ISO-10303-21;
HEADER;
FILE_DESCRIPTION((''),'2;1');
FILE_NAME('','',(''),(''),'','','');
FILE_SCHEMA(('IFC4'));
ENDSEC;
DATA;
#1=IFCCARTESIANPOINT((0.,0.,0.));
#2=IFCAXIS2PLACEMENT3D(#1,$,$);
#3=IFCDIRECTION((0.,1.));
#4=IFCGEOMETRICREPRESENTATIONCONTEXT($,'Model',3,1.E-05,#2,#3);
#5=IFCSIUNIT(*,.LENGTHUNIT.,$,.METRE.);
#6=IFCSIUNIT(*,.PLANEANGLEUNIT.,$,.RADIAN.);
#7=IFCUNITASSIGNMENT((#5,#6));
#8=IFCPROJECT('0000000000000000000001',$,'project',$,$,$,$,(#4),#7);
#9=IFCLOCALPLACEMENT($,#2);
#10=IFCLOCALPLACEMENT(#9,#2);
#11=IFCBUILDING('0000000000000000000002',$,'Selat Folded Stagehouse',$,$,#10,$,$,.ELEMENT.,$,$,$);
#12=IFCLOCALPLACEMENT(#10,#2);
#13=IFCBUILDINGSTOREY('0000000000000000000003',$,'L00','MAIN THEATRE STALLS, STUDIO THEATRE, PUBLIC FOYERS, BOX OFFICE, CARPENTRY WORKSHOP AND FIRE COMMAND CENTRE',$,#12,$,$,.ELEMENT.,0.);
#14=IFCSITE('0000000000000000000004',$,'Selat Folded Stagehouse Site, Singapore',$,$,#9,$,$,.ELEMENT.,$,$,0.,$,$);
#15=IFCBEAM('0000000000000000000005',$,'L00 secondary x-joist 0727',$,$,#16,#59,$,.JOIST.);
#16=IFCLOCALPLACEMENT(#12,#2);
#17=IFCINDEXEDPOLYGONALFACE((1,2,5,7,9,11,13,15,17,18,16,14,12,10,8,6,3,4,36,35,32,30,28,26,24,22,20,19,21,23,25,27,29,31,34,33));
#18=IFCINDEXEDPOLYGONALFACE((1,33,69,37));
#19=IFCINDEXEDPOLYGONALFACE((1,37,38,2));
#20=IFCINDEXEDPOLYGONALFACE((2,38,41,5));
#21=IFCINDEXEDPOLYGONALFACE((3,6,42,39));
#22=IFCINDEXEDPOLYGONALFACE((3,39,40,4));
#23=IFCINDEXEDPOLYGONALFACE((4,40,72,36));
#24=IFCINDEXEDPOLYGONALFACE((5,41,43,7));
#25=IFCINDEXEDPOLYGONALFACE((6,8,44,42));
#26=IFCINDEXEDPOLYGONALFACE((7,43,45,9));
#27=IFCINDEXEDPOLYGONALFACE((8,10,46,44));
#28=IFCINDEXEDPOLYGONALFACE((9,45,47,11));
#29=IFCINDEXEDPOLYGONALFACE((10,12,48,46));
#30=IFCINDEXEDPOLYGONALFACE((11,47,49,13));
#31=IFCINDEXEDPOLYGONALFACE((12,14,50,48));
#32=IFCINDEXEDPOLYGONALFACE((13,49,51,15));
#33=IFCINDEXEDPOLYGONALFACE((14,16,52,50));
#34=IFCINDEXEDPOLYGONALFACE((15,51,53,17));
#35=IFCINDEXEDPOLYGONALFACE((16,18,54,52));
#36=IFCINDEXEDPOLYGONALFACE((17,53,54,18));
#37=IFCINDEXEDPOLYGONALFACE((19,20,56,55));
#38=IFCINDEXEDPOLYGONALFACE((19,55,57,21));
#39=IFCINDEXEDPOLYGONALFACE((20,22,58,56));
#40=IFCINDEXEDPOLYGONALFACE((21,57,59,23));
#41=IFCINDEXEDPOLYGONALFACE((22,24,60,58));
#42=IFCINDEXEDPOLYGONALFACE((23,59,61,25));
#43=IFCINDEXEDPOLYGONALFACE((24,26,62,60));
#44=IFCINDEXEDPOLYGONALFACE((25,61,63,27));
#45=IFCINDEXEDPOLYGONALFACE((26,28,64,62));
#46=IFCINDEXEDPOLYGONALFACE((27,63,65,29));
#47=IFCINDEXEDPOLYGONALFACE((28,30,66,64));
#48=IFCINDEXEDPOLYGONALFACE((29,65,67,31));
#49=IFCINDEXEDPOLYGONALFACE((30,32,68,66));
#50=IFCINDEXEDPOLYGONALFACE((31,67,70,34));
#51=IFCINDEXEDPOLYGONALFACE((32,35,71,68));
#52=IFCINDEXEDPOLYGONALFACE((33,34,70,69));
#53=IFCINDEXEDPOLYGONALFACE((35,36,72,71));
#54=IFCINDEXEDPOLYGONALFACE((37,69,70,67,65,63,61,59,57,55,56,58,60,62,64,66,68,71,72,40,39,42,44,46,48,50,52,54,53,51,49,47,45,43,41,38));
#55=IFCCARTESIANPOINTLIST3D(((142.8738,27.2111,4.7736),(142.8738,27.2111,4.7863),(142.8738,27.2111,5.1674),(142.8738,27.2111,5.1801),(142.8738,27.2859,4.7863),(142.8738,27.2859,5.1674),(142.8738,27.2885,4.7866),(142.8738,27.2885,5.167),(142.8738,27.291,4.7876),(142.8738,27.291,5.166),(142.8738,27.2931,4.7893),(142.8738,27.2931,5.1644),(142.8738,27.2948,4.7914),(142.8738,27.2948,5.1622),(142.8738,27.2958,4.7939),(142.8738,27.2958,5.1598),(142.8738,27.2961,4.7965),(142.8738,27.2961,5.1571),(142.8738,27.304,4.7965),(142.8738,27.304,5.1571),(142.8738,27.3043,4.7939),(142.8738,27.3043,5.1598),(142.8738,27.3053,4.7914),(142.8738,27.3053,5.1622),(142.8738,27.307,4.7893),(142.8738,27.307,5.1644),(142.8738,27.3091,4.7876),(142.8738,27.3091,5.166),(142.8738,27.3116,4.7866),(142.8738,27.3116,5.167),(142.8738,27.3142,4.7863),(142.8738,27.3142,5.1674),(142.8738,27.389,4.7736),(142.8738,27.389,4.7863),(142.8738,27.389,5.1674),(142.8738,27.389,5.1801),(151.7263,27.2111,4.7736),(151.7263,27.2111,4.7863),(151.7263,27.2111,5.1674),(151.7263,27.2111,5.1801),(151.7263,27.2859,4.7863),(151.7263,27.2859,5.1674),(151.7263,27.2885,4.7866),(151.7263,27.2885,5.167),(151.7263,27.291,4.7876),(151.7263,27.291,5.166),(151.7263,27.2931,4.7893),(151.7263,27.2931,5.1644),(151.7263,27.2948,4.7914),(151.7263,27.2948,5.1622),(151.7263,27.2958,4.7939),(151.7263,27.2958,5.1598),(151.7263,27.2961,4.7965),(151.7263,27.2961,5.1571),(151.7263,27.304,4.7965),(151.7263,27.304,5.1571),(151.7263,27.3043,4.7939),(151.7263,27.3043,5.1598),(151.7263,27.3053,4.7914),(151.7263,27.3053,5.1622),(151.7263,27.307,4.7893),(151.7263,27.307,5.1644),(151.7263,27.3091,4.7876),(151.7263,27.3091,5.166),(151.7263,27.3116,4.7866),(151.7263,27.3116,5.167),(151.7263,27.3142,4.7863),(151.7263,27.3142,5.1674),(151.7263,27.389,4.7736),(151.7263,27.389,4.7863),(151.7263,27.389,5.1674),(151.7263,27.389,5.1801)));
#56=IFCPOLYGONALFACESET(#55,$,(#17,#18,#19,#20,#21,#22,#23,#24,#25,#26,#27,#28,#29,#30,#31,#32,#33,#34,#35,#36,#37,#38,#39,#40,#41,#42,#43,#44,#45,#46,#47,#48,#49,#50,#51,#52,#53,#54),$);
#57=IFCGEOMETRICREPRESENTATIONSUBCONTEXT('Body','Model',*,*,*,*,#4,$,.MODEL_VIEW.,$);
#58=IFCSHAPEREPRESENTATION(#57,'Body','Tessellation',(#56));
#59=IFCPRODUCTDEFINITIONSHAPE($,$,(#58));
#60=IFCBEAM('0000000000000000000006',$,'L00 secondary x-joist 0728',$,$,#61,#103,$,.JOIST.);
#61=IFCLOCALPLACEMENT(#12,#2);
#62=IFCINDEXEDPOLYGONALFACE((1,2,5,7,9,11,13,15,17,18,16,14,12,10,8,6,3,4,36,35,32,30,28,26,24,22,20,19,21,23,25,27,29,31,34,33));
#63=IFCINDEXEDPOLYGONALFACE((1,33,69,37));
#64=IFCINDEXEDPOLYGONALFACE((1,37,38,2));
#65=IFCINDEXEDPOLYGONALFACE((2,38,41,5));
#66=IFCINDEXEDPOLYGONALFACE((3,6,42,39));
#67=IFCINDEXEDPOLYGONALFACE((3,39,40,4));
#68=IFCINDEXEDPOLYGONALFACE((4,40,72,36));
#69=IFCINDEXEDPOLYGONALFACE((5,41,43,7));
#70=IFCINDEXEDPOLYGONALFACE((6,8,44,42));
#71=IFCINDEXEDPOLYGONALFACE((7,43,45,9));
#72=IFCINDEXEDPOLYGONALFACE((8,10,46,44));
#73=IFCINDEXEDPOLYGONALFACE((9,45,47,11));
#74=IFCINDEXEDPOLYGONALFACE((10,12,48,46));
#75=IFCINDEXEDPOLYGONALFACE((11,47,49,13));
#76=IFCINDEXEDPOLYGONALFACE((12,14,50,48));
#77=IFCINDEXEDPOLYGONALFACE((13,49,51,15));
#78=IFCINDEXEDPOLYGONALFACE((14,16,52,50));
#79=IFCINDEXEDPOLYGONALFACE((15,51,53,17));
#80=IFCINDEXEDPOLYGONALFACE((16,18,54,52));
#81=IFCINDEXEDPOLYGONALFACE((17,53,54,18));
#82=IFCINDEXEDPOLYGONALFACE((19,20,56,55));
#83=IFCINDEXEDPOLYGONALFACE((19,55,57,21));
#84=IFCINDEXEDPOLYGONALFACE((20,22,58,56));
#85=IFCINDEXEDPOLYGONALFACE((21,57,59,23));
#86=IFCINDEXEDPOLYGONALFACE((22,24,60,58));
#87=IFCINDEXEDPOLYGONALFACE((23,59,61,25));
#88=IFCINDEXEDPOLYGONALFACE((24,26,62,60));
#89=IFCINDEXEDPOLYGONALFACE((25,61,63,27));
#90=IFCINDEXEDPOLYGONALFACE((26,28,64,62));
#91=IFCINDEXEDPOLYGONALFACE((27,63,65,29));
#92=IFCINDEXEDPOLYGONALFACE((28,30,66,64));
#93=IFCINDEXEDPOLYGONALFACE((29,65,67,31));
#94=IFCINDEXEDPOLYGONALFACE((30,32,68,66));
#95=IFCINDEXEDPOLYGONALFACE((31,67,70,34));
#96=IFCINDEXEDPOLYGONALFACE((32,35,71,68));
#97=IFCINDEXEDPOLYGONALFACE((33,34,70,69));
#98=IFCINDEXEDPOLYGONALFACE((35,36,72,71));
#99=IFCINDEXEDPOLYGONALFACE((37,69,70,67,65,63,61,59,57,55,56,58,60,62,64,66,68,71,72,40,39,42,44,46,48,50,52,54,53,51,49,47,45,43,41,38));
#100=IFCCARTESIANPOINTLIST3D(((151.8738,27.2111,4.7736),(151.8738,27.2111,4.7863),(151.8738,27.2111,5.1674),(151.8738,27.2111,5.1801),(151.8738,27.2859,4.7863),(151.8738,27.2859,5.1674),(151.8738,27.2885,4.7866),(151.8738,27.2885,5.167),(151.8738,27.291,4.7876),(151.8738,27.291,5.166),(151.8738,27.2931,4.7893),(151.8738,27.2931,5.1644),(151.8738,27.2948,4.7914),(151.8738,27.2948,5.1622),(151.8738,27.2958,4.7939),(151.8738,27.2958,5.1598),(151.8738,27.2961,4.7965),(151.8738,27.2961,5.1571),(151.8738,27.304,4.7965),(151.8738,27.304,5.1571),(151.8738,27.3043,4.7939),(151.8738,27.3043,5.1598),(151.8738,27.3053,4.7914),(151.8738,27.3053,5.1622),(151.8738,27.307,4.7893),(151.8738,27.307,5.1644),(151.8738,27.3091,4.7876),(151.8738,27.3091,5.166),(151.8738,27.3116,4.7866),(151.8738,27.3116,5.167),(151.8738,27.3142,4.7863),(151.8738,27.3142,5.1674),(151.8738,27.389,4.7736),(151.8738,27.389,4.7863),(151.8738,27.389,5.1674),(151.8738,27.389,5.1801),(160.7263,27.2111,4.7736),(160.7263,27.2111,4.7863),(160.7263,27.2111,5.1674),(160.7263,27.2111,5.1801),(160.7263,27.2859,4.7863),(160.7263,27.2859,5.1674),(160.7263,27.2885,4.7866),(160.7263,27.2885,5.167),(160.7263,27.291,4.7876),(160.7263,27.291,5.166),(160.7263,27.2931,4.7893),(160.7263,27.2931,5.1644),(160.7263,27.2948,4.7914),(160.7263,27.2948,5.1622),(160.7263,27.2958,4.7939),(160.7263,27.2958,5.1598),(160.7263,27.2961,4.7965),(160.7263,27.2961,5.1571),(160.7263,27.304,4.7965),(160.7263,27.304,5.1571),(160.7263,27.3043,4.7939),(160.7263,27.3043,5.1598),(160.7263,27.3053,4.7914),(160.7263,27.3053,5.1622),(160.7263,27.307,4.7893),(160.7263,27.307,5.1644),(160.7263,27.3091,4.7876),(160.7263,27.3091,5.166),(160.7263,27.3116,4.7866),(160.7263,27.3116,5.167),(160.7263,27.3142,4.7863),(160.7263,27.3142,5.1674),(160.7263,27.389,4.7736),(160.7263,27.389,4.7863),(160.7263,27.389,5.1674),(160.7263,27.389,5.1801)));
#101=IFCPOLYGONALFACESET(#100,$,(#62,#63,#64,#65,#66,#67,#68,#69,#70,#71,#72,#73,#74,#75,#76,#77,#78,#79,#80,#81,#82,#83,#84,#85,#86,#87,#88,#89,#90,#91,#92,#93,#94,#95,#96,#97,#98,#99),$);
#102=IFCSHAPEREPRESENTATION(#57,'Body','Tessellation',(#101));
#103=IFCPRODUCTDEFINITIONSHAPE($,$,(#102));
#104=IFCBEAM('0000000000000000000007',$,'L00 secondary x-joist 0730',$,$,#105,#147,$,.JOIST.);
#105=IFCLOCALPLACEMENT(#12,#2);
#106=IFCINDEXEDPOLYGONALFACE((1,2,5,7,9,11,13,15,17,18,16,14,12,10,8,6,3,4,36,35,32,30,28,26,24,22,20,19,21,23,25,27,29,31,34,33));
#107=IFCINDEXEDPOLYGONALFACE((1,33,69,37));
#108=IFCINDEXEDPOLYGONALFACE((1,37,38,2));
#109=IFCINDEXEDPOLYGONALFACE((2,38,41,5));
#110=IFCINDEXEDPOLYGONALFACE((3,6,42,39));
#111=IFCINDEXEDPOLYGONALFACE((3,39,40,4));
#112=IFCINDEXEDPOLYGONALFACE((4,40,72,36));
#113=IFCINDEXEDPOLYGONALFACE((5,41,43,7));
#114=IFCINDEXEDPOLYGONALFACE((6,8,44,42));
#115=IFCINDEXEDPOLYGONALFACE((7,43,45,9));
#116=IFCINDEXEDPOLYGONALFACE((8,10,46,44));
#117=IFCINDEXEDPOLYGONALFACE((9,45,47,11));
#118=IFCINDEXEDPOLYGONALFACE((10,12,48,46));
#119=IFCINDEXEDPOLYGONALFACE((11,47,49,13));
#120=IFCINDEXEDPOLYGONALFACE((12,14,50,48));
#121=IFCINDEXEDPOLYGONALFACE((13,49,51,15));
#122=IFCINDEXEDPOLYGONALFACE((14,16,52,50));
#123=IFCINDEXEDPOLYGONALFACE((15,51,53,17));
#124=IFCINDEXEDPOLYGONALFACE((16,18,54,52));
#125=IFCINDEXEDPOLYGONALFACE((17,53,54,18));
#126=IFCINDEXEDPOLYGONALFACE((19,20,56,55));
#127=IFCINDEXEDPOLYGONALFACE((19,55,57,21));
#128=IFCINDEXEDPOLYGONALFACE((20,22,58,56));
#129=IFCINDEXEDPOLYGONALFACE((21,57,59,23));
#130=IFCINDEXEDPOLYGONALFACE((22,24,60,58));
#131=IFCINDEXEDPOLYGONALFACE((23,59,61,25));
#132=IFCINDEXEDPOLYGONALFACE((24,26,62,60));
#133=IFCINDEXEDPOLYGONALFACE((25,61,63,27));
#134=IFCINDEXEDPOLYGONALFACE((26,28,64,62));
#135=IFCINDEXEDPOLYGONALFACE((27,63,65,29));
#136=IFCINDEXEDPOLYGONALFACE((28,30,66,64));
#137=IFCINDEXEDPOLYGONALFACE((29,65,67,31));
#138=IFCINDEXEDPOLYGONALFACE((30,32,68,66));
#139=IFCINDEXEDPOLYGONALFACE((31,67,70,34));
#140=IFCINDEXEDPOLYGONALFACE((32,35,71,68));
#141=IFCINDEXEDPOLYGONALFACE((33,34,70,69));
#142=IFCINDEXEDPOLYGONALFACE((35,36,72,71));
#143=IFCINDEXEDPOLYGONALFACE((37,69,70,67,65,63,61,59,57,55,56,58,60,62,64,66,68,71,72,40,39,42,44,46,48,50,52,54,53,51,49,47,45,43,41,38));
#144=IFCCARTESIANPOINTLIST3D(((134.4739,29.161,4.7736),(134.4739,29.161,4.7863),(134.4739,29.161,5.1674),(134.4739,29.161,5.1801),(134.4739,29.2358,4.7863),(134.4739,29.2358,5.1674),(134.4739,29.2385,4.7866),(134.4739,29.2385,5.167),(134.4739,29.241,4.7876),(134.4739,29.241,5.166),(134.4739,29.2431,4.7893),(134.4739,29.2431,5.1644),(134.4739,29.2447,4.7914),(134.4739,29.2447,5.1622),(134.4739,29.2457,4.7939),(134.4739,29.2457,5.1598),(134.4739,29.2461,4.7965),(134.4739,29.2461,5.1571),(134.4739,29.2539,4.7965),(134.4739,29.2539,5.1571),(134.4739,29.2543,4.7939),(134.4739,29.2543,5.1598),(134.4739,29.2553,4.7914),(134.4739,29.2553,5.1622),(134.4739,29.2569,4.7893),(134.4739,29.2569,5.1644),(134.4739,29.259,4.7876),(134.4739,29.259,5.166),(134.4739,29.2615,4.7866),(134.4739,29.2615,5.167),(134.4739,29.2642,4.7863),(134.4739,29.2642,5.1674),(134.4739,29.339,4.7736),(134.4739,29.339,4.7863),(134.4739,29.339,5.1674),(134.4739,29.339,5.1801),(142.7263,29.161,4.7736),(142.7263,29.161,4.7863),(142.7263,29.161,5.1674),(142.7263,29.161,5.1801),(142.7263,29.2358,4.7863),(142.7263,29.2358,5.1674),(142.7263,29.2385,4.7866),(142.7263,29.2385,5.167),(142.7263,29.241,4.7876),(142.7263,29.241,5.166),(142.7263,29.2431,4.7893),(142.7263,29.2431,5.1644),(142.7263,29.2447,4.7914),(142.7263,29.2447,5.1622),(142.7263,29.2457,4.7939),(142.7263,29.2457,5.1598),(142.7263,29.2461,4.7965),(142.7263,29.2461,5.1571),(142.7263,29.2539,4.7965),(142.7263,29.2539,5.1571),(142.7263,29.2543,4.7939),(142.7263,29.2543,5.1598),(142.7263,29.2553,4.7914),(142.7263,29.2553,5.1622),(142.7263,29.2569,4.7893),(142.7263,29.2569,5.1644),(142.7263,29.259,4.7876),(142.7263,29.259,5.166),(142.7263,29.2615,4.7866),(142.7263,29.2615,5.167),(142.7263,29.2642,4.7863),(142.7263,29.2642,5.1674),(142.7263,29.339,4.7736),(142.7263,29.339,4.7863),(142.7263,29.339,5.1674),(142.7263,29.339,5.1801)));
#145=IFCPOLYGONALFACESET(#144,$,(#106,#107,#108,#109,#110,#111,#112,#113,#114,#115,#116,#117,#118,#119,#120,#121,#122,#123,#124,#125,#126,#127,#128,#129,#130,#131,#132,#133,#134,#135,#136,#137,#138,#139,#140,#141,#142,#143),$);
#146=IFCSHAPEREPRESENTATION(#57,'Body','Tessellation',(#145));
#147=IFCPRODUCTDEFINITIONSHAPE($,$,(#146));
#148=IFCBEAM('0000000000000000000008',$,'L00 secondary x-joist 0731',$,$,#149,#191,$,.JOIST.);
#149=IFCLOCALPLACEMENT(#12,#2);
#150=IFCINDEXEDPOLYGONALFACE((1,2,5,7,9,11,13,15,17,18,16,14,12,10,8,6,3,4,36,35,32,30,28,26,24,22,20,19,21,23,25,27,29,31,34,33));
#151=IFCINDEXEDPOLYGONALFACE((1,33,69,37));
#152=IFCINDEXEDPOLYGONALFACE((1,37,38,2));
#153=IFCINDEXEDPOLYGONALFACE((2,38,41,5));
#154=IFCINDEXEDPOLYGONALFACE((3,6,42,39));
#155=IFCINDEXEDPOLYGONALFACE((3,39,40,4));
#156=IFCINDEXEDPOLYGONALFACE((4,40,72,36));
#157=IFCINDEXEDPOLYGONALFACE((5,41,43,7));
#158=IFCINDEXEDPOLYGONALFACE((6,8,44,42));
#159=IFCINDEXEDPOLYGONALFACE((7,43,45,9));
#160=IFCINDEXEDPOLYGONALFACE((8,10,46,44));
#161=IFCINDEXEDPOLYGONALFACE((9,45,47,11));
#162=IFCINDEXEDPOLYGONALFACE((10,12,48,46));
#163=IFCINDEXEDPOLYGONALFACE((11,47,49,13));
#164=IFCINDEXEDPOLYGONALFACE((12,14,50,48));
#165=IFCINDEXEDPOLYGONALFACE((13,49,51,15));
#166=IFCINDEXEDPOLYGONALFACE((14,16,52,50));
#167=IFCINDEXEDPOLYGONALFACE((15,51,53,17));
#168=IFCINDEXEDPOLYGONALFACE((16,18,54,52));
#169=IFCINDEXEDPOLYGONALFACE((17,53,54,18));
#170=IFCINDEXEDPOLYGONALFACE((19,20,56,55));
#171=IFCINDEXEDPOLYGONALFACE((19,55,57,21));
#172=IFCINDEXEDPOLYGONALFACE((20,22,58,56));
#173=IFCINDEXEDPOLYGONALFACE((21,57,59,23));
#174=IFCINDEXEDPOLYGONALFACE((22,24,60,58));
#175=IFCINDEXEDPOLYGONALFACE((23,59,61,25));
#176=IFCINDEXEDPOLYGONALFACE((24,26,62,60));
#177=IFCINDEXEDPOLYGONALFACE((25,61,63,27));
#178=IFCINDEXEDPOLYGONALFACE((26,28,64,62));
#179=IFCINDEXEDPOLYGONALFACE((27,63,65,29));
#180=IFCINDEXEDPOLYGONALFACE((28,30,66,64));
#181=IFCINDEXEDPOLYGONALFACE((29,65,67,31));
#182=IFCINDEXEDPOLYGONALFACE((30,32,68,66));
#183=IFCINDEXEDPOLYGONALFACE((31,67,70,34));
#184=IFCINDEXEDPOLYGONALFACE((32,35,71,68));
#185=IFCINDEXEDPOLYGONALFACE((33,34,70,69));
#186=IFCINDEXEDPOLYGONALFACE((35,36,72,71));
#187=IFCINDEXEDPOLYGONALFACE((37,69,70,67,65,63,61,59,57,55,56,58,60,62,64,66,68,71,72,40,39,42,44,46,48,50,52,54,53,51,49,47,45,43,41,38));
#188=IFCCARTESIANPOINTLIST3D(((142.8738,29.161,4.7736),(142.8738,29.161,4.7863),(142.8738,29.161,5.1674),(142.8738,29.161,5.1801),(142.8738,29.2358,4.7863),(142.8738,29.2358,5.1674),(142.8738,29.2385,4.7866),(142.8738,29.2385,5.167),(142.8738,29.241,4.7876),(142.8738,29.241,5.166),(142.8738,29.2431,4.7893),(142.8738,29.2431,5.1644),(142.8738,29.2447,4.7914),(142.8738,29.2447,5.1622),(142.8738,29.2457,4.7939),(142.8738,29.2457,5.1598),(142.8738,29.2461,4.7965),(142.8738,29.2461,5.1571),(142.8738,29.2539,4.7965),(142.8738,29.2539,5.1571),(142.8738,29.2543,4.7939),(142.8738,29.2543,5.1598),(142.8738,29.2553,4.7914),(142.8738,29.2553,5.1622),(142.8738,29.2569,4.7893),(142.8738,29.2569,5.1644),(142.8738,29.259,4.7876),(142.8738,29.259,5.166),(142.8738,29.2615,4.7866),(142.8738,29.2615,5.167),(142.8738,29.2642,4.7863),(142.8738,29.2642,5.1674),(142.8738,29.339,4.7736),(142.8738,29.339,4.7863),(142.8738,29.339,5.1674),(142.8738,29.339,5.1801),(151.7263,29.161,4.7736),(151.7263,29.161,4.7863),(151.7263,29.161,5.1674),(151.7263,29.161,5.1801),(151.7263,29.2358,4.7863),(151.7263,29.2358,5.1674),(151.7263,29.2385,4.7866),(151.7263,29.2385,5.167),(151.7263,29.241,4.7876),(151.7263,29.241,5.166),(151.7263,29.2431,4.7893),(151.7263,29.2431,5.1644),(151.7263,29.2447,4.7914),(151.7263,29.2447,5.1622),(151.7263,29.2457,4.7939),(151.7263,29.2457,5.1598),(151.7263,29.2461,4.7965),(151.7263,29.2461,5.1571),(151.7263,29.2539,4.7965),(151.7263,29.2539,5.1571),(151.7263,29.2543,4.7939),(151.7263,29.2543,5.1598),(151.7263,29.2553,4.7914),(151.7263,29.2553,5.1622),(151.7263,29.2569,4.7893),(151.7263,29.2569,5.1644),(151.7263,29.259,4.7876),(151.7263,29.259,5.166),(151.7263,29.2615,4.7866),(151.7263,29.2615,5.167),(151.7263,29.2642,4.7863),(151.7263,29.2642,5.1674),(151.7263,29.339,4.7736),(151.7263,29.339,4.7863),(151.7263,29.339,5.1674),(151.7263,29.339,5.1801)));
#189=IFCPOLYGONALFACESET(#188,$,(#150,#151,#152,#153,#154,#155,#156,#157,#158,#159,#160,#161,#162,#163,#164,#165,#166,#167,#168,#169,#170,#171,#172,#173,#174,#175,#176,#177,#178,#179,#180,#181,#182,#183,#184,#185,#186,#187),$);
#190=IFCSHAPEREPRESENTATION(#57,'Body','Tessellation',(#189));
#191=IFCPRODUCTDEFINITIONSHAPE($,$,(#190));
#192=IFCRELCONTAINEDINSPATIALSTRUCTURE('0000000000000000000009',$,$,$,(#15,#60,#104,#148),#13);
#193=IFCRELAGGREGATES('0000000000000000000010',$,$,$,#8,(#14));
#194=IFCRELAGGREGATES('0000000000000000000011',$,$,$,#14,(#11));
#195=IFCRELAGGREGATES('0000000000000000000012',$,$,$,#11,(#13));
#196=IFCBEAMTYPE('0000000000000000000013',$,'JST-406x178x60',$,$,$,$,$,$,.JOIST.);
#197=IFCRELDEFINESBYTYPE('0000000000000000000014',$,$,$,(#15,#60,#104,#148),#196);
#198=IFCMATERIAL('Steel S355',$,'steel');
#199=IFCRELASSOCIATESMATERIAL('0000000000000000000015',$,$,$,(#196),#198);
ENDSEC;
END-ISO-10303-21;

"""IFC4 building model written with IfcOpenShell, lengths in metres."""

from ifc_helpers import new_model, si_unit, direction, frame, origin, origin_2d, place, context, subcontext, project, spatial, i_section, extrude, material, material_profile, profile_set, type_object, element, save


model = new_model("IFC4")

# Units and contexts
model_context = context("Model", 3, precision=1e-05, world=origin(), true_north=direction((0.0, 1.0)))
body_context = subcontext(model_context, "Body", "Model", "MODEL_VIEW")
ifc_project = project(units=[si_unit("LENGTHUNIT", "METRE"), si_unit("PLANEANGLEUNIT", "RADIAN")], contexts=[model_context])

# Site, building, storey
site_placement = place(None, origin())
site = spatial("IfcSite", under=ifc_project, at=site_placement, Name="Selat Folded Stagehouse Site, Singapore", CompositionType="ELEMENT", RefElevation=0.0)
building_placement = place(site_placement, origin())
building = spatial("IfcBuilding", under=site, at=building_placement, Name="Selat Folded Stagehouse", CompositionType="ELEMENT")
storey_placement = place(building_placement, origin())
storey = spatial("IfcBuildingStorey", under=building, at=storey_placement, Name="L00", Description="MAIN THEATRE STALLS, STUDIO THEATRE, PUBLIC FOYERS, BOX OFFICE, CARPENTRY WORKSHOP AND FIRE COMMAND CENTRE", CompositionType="ELEMENT", Elevation=0.0)

# Shared definitions
ifc_material_1 = material(Name="Steel S355", Category="steel")

# Beams
ifc_material_profile_1 = material_profile(ifc_material_1, i_section(OverallWidth=0.178, OverallDepth=0.4065, WebThickness=0.0078, FlangeThickness=0.0127, FilletRadius=0.0103, at=origin_2d()), Name="UKB 406x178x60")
ifc_profile_set_1 = profile_set([ifc_material_profile_1], Name="Steel S355")
beam_type_1 = type_object("IfcBeamType", Name="JST-406x178x60", PredefinedType="JOIST", material=ifc_profile_set_1)
for number, where, z_axis, x_axis, name in (
    (1, (142.8738, 27.3, 4.9768), (1.0, 0.0, 0.0), (0.0, 1.0, 0.0), "L00 secondary x-joist 0727"),
    (2, (151.8738, 27.3, 4.9768), (1.0, 0.0, 0.0), (0.0, 1.0, 0.0), "L00 secondary x-joist 0728"),
):
    element("IfcBeam", number, at=place(storey_placement, frame(where, z_axis=z_axis, x_axis=x_axis)), inside=storey, type_object=beam_type_1, Name=name, PredefinedType="JOIST", context=body_context, shape_type="SweptSolid", body=[
        extrude(i_section(OverallWidth=0.178, OverallDepth=0.4065, WebThickness=0.0078, FlangeThickness=0.0127, FilletRadius=0.0103, at=origin_2d()), origin(), (0.0, 0.0, 1.0), 8.8525),
    ])
beam_1_placement = place(storey_placement, frame((134.4739, 29.25, 4.9768), z_axis=(1.0, 0.0, 0.0), x_axis=(0.0, 1.0, 0.0)))
element("IfcBeam", 3, at=beam_1_placement, inside=storey, type_object=beam_type_1, Name="L00 secondary x-joist 0730", PredefinedType="JOIST", context=body_context, shape_type="SweptSolid", body=[
    extrude(i_section(OverallWidth=0.178, OverallDepth=0.4065, WebThickness=0.0078, FlangeThickness=0.0127, FilletRadius=0.0103, at=origin_2d()), origin(), (0.0, 0.0, 1.0), 8.2524),
])
for number, where, z_axis, x_axis, name in (
    (4, (142.8738, 29.25, 4.9768), (1.0, 0.0, 0.0), (0.0, 1.0, 0.0), "L00 secondary x-joist 0731"),
):
    element("IfcBeam", number, at=place(storey_placement, frame(where, z_axis=z_axis, x_axis=x_axis)), inside=storey, type_object=beam_type_1, Name=name, PredefinedType="JOIST", context=body_context, shape_type="SweptSolid", body=[
        extrude(i_section(OverallWidth=0.178, OverallDepth=0.4065, WebThickness=0.0078, FlangeThickness=0.0127, FilletRadius=0.0103, at=origin_2d()), origin(), (0.0, 0.0, 1.0), 8.8525),
    ])

save(model, "model.ifc")
